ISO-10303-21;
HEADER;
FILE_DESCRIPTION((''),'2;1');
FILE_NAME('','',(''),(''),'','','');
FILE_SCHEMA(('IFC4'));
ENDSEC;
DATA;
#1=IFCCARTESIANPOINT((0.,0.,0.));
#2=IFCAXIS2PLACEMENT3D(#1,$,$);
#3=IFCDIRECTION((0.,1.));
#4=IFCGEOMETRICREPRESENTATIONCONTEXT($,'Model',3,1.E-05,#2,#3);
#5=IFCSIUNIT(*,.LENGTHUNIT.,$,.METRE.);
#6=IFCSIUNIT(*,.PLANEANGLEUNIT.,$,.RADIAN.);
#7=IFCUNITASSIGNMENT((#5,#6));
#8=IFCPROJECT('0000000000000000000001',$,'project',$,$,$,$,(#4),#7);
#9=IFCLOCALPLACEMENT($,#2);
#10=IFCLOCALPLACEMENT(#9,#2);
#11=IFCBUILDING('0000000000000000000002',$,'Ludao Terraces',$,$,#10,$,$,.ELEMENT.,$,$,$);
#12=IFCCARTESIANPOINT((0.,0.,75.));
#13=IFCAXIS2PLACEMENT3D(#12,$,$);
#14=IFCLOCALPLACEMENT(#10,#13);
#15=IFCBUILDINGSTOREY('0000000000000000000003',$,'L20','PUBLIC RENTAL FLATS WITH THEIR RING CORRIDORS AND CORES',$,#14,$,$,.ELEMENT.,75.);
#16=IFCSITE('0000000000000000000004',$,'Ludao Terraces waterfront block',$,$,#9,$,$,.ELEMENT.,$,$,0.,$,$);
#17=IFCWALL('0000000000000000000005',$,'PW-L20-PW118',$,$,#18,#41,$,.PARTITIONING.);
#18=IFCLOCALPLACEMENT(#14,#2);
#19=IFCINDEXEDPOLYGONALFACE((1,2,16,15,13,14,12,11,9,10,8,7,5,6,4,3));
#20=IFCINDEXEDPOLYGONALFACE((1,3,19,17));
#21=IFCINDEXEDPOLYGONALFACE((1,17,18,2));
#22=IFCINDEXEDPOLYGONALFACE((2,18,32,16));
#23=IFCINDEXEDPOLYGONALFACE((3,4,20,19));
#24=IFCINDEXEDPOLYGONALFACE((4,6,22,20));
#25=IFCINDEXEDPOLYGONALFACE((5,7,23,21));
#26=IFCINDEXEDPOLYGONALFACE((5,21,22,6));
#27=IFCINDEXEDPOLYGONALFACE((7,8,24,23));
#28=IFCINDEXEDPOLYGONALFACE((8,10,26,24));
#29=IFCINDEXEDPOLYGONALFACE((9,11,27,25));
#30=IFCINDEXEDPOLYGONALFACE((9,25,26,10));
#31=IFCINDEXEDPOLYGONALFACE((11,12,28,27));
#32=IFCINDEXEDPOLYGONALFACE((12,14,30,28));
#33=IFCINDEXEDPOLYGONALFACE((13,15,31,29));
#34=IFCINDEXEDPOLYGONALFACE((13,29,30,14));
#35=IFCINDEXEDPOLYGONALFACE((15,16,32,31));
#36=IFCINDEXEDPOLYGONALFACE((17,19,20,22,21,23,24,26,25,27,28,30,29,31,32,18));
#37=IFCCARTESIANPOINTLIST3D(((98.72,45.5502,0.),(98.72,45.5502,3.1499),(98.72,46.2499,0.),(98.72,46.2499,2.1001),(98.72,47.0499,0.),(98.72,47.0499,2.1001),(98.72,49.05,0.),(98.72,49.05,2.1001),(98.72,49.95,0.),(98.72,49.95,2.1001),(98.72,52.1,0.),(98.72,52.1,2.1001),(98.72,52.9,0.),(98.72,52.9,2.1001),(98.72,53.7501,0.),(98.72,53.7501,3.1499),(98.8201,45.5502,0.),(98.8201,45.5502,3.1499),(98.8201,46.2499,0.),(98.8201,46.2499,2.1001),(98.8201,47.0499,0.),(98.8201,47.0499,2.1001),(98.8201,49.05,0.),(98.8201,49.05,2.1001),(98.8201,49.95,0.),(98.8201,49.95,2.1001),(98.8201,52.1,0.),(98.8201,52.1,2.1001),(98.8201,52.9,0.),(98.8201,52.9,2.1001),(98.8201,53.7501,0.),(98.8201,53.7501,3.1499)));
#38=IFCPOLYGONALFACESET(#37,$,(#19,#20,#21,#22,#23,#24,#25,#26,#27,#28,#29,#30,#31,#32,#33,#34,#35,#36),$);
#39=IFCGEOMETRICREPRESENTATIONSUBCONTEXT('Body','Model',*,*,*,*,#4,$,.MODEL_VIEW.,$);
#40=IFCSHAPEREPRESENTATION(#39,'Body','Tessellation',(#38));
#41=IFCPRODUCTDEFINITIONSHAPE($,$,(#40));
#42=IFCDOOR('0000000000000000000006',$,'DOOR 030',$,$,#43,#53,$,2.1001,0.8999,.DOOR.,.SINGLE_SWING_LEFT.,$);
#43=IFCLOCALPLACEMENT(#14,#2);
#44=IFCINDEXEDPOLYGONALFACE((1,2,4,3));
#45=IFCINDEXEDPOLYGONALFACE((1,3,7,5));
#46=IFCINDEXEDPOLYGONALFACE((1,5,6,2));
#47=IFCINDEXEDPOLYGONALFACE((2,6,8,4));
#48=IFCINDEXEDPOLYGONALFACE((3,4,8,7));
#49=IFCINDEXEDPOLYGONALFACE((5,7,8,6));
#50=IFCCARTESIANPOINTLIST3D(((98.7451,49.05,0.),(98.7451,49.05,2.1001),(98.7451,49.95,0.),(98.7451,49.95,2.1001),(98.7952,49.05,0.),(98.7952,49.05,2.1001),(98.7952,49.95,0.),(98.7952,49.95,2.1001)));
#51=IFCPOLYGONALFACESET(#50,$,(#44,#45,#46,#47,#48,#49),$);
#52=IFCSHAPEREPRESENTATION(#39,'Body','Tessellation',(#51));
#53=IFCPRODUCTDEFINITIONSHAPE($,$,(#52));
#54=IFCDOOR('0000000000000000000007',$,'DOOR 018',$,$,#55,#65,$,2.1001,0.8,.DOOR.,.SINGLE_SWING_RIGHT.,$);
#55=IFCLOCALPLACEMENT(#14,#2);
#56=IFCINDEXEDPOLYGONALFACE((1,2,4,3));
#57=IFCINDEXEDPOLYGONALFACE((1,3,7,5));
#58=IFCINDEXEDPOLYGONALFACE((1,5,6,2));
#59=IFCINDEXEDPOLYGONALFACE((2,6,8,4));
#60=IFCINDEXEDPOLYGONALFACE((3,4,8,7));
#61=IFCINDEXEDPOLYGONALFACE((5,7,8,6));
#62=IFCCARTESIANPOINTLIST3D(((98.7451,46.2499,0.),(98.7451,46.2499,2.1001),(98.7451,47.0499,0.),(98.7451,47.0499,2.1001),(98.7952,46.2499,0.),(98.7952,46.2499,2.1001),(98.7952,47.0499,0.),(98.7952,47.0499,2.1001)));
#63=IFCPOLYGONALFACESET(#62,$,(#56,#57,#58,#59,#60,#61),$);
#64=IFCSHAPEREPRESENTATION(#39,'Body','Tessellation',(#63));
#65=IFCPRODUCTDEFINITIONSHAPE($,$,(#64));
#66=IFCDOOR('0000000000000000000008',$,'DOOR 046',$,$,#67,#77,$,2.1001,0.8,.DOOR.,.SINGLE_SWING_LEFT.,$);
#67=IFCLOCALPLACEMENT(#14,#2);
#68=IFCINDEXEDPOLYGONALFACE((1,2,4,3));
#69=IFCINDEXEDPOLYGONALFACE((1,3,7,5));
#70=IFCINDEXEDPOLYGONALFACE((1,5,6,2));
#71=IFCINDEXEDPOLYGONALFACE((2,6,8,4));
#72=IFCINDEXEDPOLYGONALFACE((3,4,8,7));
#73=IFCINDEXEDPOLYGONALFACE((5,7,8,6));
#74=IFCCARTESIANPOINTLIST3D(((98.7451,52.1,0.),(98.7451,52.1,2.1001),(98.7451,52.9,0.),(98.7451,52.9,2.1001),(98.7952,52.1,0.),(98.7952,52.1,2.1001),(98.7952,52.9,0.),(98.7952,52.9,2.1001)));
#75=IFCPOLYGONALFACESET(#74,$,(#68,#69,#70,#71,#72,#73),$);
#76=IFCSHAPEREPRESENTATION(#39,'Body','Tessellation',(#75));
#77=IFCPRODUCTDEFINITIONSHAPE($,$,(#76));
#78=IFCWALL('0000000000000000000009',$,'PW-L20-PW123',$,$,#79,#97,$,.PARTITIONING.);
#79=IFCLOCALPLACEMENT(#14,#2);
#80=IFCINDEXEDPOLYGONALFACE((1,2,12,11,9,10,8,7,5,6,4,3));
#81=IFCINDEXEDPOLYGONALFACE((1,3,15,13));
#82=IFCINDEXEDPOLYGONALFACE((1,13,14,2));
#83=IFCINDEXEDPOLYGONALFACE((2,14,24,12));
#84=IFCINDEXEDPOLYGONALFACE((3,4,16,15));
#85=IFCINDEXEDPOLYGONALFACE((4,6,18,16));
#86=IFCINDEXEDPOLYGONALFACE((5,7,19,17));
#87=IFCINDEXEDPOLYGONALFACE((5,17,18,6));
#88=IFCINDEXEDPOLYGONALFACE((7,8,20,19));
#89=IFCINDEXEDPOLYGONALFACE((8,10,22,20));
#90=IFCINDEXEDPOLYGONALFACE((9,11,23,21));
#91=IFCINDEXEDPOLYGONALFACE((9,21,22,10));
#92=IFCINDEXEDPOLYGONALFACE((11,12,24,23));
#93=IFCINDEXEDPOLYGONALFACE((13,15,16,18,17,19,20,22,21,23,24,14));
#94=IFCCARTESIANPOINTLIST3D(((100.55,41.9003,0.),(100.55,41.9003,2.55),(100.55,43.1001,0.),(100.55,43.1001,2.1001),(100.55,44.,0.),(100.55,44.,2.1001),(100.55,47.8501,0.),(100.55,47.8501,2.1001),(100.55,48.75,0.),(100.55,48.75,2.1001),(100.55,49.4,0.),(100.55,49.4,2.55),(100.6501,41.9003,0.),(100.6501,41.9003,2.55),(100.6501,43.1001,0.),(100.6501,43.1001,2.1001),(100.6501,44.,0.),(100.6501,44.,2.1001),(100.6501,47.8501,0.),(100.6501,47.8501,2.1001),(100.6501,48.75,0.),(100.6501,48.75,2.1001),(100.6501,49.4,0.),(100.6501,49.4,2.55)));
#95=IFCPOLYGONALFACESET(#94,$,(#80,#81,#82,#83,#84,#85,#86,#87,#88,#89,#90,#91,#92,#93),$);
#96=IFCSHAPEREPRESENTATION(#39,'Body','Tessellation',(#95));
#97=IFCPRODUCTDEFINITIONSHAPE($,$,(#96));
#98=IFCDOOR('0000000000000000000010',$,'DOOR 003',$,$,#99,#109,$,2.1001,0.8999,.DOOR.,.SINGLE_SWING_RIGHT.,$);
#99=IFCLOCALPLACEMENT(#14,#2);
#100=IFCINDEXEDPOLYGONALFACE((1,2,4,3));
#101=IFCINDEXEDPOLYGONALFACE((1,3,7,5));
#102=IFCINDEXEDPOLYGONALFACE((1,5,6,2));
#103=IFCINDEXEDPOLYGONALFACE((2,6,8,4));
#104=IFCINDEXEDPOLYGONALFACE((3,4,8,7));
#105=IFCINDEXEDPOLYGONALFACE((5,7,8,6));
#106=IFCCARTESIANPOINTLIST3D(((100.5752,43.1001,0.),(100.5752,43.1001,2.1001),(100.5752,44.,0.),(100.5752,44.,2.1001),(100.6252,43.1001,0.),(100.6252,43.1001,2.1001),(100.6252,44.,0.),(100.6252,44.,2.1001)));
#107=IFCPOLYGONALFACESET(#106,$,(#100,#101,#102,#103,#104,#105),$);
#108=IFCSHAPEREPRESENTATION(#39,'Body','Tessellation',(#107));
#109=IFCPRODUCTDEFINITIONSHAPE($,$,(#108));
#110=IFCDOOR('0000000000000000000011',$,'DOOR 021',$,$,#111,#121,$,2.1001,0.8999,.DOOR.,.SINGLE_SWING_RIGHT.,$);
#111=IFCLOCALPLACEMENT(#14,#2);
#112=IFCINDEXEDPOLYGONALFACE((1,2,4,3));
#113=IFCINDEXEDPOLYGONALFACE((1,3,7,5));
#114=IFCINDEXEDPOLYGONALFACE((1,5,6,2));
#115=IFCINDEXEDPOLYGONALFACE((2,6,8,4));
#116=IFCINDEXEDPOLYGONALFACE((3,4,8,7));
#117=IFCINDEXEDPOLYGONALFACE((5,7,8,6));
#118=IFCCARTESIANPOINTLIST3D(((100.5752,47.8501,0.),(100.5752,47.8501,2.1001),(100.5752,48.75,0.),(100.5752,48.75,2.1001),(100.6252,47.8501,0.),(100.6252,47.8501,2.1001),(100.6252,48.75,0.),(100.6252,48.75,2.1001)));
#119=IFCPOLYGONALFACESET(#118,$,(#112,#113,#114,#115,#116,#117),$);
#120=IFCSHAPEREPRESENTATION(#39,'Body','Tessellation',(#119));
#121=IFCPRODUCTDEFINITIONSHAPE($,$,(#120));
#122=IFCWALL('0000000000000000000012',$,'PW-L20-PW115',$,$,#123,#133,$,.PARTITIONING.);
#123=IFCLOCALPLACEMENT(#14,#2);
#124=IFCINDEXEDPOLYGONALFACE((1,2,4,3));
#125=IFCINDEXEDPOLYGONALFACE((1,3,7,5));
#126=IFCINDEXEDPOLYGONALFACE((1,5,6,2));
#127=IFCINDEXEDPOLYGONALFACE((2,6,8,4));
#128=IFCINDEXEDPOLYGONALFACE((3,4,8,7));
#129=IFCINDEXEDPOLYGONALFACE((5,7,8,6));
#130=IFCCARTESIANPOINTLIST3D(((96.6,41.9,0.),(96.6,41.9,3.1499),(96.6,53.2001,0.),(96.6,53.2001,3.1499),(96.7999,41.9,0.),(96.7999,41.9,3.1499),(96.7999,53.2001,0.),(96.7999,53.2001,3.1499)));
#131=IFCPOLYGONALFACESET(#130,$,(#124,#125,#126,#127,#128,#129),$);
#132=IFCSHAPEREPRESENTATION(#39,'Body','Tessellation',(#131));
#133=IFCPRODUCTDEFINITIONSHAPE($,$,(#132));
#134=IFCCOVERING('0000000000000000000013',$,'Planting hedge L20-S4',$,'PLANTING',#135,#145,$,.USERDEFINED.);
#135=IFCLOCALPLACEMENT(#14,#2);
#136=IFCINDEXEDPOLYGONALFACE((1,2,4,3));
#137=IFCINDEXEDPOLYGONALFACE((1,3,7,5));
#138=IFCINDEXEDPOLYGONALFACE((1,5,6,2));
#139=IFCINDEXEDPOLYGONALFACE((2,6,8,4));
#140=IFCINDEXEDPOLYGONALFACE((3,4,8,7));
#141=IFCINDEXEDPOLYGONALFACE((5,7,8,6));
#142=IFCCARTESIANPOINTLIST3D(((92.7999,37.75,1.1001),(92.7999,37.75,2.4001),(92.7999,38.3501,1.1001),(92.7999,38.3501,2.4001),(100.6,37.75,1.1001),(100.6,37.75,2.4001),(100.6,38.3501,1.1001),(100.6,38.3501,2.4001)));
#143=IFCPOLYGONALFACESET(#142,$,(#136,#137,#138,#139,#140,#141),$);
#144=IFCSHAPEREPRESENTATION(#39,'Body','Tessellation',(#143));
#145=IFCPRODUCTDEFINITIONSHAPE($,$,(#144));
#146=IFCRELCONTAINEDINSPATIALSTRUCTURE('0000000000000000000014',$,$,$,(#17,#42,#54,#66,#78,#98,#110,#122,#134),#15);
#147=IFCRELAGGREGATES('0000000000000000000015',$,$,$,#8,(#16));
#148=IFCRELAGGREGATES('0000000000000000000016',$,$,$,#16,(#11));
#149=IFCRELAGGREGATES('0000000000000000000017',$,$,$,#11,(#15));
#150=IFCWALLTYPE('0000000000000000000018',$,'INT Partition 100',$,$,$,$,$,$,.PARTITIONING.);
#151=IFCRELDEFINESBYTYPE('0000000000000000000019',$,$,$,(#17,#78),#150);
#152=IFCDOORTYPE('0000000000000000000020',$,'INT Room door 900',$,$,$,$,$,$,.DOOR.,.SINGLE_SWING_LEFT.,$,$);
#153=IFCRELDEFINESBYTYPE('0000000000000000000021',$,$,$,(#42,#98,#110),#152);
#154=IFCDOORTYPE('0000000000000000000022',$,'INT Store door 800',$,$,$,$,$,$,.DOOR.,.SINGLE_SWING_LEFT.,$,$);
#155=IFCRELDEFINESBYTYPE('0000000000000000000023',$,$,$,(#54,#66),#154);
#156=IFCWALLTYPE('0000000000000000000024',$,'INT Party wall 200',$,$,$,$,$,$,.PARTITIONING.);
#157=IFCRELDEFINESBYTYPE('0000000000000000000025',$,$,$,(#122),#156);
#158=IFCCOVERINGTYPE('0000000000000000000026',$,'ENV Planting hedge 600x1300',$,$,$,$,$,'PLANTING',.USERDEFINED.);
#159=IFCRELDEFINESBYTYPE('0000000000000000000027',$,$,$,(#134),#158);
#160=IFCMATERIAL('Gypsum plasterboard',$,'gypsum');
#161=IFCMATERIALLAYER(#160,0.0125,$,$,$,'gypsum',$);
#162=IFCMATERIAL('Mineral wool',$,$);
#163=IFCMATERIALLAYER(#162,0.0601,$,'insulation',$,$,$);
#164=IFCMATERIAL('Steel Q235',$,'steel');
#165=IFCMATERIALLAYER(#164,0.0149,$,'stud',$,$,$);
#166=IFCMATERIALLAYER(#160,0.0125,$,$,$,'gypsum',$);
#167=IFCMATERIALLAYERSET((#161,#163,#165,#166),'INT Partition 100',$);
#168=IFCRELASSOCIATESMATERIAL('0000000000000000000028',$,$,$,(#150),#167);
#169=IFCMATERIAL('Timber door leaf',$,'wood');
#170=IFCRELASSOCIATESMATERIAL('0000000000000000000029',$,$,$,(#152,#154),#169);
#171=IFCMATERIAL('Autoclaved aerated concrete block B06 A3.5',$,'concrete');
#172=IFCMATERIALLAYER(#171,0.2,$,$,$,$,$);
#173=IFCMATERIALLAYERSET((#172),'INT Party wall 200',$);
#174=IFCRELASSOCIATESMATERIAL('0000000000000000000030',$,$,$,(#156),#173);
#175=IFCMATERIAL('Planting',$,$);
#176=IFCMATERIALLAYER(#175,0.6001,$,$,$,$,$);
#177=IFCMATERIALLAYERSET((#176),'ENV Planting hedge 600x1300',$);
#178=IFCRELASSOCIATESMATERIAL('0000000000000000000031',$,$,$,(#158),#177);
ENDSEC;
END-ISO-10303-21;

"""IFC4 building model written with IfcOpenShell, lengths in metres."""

from ifc_helpers import new_model, si_unit, direction, frame, frame_2d, origin, origin_2d, place, context, subcontext, project, spatial, rectangle, extrude, material, layer, layer_set, type_object, element, fill, save


model = new_model("IFC4")

# Units and contexts
model_context = context("Model", 3, precision=1e-05, world=origin(), true_north=direction((0.0, 1.0)))
body_context = subcontext(model_context, "Body", "Model", "MODEL_VIEW")
ifc_project = project(units=[si_unit("LENGTHUNIT", "METRE"), si_unit("PLANEANGLEUNIT", "RADIAN")], contexts=[model_context])

# Site, building, storey
site_placement = place(None, origin())
site = spatial("IfcSite", under=ifc_project, at=site_placement, Name="Ludao Terraces waterfront block", CompositionType="ELEMENT", RefElevation=0.0)
building_placement = place(site_placement, origin())
building = spatial("IfcBuilding", under=site, at=building_placement, Name="Ludao Terraces", CompositionType="ELEMENT")
storey_placement = place(building_placement, frame((0.0, 0.0, 75.0)))
storey = spatial("IfcBuildingStorey", under=building, at=storey_placement, Name="L20", Description="PUBLIC RENTAL FLATS WITH THEIR RING CORRIDORS AND CORES", CompositionType="ELEMENT", Elevation=75.0)

# Shared definitions
ifc_material_1 = material(Name="Gypsum plasterboard", Category="gypsum")
ifc_layer_1 = layer(ifc_material_1, 0.0125, Category="gypsum")
ifc_material_2 = material(Name="Mineral wool")
ifc_layer_2 = layer(ifc_material_2, 0.0601, Name="insulation")
ifc_material_3 = material(Name="Steel Q235", Category="steel")
ifc_layer_3 = layer(ifc_material_3, 0.0149, Name="stud")
ifc_layer_4 = layer(ifc_material_1, 0.0125, Category="gypsum")
ifc_layer_set_1 = layer_set([ifc_layer_1, ifc_layer_2, ifc_layer_3, ifc_layer_4], Name="INT Partition 100")
wall_type_1 = type_object("IfcWallType", Name="INT Partition 100", PredefinedType="PARTITIONING", material=ifc_layer_set_1)

# Walls, openings, doors
wall_1_placement = place(storey_placement, frame((98.77, 45.55, 0.0), z_axis=(0.0, 0.0, 1.0), x_axis=(0.0, 1.0, 0.0)))
wall_1 = element("IfcWall", 1, at=wall_1_placement, inside=storey, type_object=wall_type_1, Name="PW-L20-PW118", PredefinedType="PARTITIONING", context=body_context, shape_type="SweptSolid", body=[
    extrude(rectangle(XDim=8.2, YDim=0.1001, at=frame_2d((4.1001, 0.0))), origin(), (0.0, 0.0, 1.0), 3.1499),
])
opening_1_placement = place(wall_1_placement, frame((0.7, 0.0, 0.0)))
opening_1 = element("IfcOpeningElement", 2, at=opening_1_placement, cuts=wall_1, PredefinedType="OPENING", context=body_context, shape_type="SweptSolid", body=[
    extrude(rectangle(XDim=0.8, YDim=2.1001, at=frame_2d((0.3999, 1.05))), frame((0.0, 0.0601, 0.0), z_axis=(0.0, -1.0, 0.0), x_axis=(1.0, 0.0, 0.0)), (0.0, 0.0, 1.0), 0.1201),
])
opening_2_placement = place(wall_1_placement, frame((3.5, 0.0, 0.0)))
opening_2 = element("IfcOpeningElement", 3, at=opening_2_placement, cuts=wall_1, PredefinedType="OPENING", context=body_context, shape_type="SweptSolid", body=[
    extrude(rectangle(XDim=0.8999, YDim=2.1001, at=frame_2d((0.45, 1.05))), frame((0.0, 0.0601, 0.0), z_axis=(0.0, -1.0, 0.0), x_axis=(1.0, 0.0, 0.0)), (0.0, 0.0, 1.0), 0.1201),
])
opening_3_placement = place(wall_1_placement, frame((6.55, 0.0, 0.0)))
opening_3 = element("IfcOpeningElement", 4, at=opening_3_placement, cuts=wall_1, PredefinedType="OPENING", context=body_context, shape_type="SweptSolid", body=[
    extrude(rectangle(XDim=0.8, YDim=2.1001, at=frame_2d((0.3999, 1.05))), frame((0.0, 0.0601, 0.0), z_axis=(0.0, -1.0, 0.0), x_axis=(1.0, 0.0, 0.0)), (0.0, 0.0, 1.0), 0.1201),
])
ifc_material_4 = material(Name="Timber door leaf", Category="wood")
door_type_1 = type_object("IfcDoorType", Name="INT Room door 900", OperationType="SINGLE_SWING_LEFT", PredefinedType="DOOR", material=ifc_material_4)
door_1_placement = place(opening_2_placement, origin())
door_1 = element("IfcDoor", 5, at=door_1_placement, inside=storey, type_object=door_type_1, Name="DOOR 030", OperationType="SINGLE_SWING_LEFT", OverallHeight=2.1001, OverallWidth=0.8999, PredefinedType="DOOR", context=body_context, shape_type="SweptSolid", body=[
    extrude(rectangle(XDim=0.8999, YDim=2.1001, at=frame_2d((0.45, 1.05))), frame((0.0, 0.0249, 0.0), z_axis=(0.0, -1.0, 0.0), x_axis=(1.0, 0.0, 0.0)), (0.0, 0.0, 1.0), 0.05),
])
fill(opening_2, door_1)
door_type_2 = type_object("IfcDoorType", Name="INT Store door 800", OperationType="SINGLE_SWING_LEFT", PredefinedType="DOOR", material=ifc_material_4)
door_2_placement = place(opening_1_placement, origin())
door_2 = element("IfcDoor", 6, at=door_2_placement, inside=storey, type_object=door_type_2, Name="DOOR 018", OperationType="SINGLE_SWING_RIGHT", OverallHeight=2.1001, OverallWidth=0.8, PredefinedType="DOOR", context=body_context, shape_type="SweptSolid", body=[
    extrude(rectangle(XDim=0.8, YDim=2.1001, at=frame_2d((0.3999, 1.05))), frame((0.0, 0.0249, 0.0), z_axis=(0.0, -1.0, 0.0), x_axis=(1.0, 0.0, 0.0)), (0.0, 0.0, 1.0), 0.05),
])
fill(opening_1, door_2)
door_3_placement = place(opening_3_placement, origin())
door_3 = element("IfcDoor", 7, at=door_3_placement, inside=storey, type_object=door_type_2, Name="DOOR 046", OperationType="SINGLE_SWING_LEFT", OverallHeight=2.1001, OverallWidth=0.8, PredefinedType="DOOR", context=body_context, shape_type="SweptSolid", body=[
    extrude(rectangle(XDim=0.8, YDim=2.1001, at=frame_2d((0.3999, 1.05))), frame((0.0, 0.0249, 0.0), z_axis=(0.0, -1.0, 0.0), x_axis=(1.0, 0.0, 0.0)), (0.0, 0.0, 1.0), 0.05),
])
fill(opening_3, door_3)
wall_2_placement = place(storey_placement, frame((100.6001, 41.9001, 0.0), z_axis=(0.0, 0.0, 1.0), x_axis=(0.0, 1.0, 0.0)))
wall_2 = element("IfcWall", 8, at=wall_2_placement, inside=storey, type_object=wall_type_1, Name="PW-L20-PW123", PredefinedType="PARTITIONING", context=body_context, shape_type="SweptSolid", body=[
    extrude(rectangle(XDim=7.4998, YDim=0.1001, at=frame_2d((3.75, 0.0))), origin(), (0.0, 0.0, 1.0), 2.55),
])
opening_4_placement = place(wall_2_placement, frame((1.2, 0.0, 0.0)))
opening_4 = element("IfcOpeningElement", 9, at=opening_4_placement, cuts=wall_2, PredefinedType="OPENING", context=body_context, shape_type="SweptSolid", body=[
    extrude(rectangle(XDim=0.8999, YDim=2.1001, at=frame_2d((0.45, 1.05))), frame((0.0, 0.0601, 0.0), z_axis=(0.0, -1.0, 0.0), x_axis=(1.0, 0.0, 0.0)), (0.0, 0.0, 1.0), 0.1201),
])
opening_5_placement = place(wall_2_placement, frame((5.95, 0.0, 0.0)))
opening_5 = element("IfcOpeningElement", 10, at=opening_5_placement, cuts=wall_2, PredefinedType="OPENING", context=body_context, shape_type="SweptSolid", body=[
    extrude(rectangle(XDim=0.8999, YDim=2.1001, at=frame_2d((0.45, 1.05))), frame((0.0, 0.0601, 0.0), z_axis=(0.0, -1.0, 0.0), x_axis=(1.0, 0.0, 0.0)), (0.0, 0.0, 1.0), 0.1201),
])
door_4_placement = place(opening_4_placement, origin())
door_4 = element("IfcDoor", 11, at=door_4_placement, inside=storey, type_object=door_type_1, Name="DOOR 003", OperationType="SINGLE_SWING_RIGHT", OverallHeight=2.1001, OverallWidth=0.8999, PredefinedType="DOOR", context=body_context, shape_type="SweptSolid", body=[
    extrude(rectangle(XDim=0.8999, YDim=2.1001, at=frame_2d((0.45, 1.05))), frame((0.0, 0.0249, 0.0), z_axis=(0.0, -1.0, 0.0), x_axis=(1.0, 0.0, 0.0)), (0.0, 0.0, 1.0), 0.05),
])
fill(opening_4, door_4)
door_5_placement = place(opening_5_placement, origin())
door_5 = element("IfcDoor", 12, at=door_5_placement, inside=storey, type_object=door_type_1, Name="DOOR 021", OperationType="SINGLE_SWING_RIGHT", OverallHeight=2.1001, OverallWidth=0.8999, PredefinedType="DOOR", context=body_context, shape_type="SweptSolid", body=[
    extrude(rectangle(XDim=0.8999, YDim=2.1001, at=frame_2d((0.45, 1.05))), frame((0.0, 0.0249, 0.0), z_axis=(0.0, -1.0, 0.0), x_axis=(1.0, 0.0, 0.0)), (0.0, 0.0, 1.0), 0.05),
])
fill(opening_5, door_5)

# Wall
ifc_material_5 = material(Name="Autoclaved aerated concrete block B06 A3.5", Category="concrete")
ifc_layer_5 = layer(ifc_material_5, 0.2)
ifc_layer_set_2 = layer_set([ifc_layer_5], Name="INT Party wall 200")
wall_type_2 = type_object("IfcWallType", Name="INT Party wall 200", PredefinedType="PARTITIONING", material=ifc_layer_set_2)
wall_3_placement = place(storey_placement, frame((96.7, 41.9001, 0.0), z_axis=(0.0, 0.0, 1.0), x_axis=(0.0, 1.0, 0.0)))
element("IfcWall", 13, at=wall_3_placement, inside=storey, type_object=wall_type_2, Name="PW-L20-PW115", PredefinedType="PARTITIONING", context=body_context, shape_type="SweptSolid", body=[
    extrude(rectangle(XDim=11.3, YDim=0.2, at=frame_2d((5.6499, 0.0))), origin(), (0.0, 0.0, 1.0), 3.1499),
])

# Covering
ifc_material_6 = material(Name="Planting")
ifc_layer_6 = layer(ifc_material_6, 0.6001)
ifc_layer_set_3 = layer_set([ifc_layer_6], Name="ENV Planting hedge 600x1300")
covering_type = type_object("IfcCoveringType", Name="ENV Planting hedge 600x1300", ElementType="PLANTING", PredefinedType="USERDEFINED", material=ifc_layer_set_3)
covering_placement = place(storey_placement, frame((96.7, 38.05, 1.1001), z_axis=(0.0, 0.0, 1.0), x_axis=(1.0, 0.0, 0.0)))
element("IfcCovering", 14, at=covering_placement, inside=storey, type_object=covering_type, Name="Planting hedge L20-S4", ObjectType="PLANTING", PredefinedType="USERDEFINED", context=body_context, shape_type="SweptSolid", body=[
    extrude(rectangle(XDim=7.8, YDim=0.6001, at=origin_2d()), origin(), (0.0, 0.0, 1.0), 1.3),
])

save(model, "model.ifc")
